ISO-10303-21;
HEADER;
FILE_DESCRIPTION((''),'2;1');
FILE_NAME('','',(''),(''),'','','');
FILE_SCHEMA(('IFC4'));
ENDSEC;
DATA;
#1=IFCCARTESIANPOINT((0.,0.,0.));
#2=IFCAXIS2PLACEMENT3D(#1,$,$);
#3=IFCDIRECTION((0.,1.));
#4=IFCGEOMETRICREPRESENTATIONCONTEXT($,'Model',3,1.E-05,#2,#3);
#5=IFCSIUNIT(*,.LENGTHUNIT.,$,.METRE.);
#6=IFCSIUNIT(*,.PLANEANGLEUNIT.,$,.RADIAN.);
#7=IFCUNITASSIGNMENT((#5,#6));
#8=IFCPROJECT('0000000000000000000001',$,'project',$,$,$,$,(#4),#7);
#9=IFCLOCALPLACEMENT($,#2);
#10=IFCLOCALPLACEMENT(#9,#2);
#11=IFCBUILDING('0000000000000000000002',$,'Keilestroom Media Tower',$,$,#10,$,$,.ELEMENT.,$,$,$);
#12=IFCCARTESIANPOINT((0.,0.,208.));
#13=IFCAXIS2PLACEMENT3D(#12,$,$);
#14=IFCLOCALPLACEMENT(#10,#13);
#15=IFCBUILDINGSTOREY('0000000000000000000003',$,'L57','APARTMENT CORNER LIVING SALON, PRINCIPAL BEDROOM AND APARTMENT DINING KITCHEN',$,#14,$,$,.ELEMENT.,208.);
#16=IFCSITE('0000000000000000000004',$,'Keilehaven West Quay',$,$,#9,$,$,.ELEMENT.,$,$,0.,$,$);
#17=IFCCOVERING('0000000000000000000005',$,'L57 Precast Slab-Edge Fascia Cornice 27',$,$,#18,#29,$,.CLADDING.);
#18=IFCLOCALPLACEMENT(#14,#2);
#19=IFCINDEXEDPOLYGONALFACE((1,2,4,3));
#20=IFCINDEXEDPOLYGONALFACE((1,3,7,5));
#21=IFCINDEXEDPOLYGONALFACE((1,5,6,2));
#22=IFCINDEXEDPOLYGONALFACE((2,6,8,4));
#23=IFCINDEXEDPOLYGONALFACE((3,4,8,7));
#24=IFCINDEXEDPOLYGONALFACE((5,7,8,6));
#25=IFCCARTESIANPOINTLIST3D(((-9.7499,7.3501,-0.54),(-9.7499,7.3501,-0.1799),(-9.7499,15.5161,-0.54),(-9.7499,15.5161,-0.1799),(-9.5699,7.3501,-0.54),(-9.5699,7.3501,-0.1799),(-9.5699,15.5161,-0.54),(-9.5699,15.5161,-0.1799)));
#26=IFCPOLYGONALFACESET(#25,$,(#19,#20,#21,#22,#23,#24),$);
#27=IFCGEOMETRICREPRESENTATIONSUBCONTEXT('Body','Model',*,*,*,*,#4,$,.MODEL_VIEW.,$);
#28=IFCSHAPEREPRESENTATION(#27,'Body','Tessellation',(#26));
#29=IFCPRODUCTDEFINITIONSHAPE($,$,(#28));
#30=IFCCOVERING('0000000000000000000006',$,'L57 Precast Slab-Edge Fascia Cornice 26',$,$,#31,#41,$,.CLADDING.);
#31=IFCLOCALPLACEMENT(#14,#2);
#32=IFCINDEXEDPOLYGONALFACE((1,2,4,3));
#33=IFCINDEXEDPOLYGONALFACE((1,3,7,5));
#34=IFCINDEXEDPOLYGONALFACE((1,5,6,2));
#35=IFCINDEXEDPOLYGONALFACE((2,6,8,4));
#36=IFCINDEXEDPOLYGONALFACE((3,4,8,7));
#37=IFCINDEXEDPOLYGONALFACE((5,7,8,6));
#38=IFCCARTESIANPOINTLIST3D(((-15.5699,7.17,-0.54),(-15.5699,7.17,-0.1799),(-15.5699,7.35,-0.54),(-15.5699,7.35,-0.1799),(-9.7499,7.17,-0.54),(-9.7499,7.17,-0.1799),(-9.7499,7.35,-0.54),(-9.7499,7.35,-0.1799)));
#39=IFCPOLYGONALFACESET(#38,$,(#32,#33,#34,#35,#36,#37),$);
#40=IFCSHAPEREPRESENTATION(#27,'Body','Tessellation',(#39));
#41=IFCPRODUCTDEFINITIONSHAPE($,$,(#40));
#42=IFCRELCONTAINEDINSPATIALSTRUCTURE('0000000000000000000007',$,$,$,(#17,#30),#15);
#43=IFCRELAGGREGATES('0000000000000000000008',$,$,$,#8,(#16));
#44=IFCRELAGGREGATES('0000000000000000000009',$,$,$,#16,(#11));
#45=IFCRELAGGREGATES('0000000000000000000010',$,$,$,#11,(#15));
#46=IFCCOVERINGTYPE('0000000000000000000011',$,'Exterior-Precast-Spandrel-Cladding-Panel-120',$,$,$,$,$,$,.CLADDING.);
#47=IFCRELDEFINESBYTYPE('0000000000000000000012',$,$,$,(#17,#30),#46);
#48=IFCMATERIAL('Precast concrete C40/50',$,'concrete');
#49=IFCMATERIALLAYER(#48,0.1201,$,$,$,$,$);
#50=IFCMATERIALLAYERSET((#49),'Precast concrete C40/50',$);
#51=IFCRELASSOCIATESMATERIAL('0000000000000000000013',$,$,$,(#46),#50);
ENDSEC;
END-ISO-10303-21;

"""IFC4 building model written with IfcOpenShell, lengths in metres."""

from ifc_helpers import new_model, si_unit, direction, frame, origin, origin_2d, place, context, subcontext, project, spatial, rectangle, extrude, source, transform, mapped, material, layer, layer_set, type_object, element, save


model = new_model("IFC4")

# Units and contexts
model_context = context("Model", 3, precision=1e-05, world=origin(), true_north=direction((0.0, 1.0)))
body_context = subcontext(model_context, "Body", "Model", "MODEL_VIEW")
ifc_project = project(units=[si_unit("LENGTHUNIT", "METRE"), si_unit("PLANEANGLEUNIT", "RADIAN")], contexts=[model_context])

# Site, building, storey
site_placement = place(None, origin())
site = spatial("IfcSite", under=ifc_project, at=site_placement, Name="Keilehaven West Quay", CompositionType="ELEMENT", RefElevation=0.0)
building_placement = place(site_placement, origin())
building = spatial("IfcBuilding", under=site, at=building_placement, Name="Keilestroom Media Tower", CompositionType="ELEMENT")
storey_placement = place(building_placement, frame((0.0, 0.0, 208.0)))
storey = spatial("IfcBuildingStorey", under=building, at=storey_placement, Name="L57", Description="APARTMENT CORNER LIVING SALON, PRINCIPAL BEDROOM AND APARTMENT DINING KITCHEN", CompositionType="ELEMENT", Elevation=208.0)

# Shared definitions
ifc_material_1 = material(Name="Precast concrete C40/50", Category="concrete")

# Coverings
ifc_layer_1 = layer(ifc_material_1, 0.1201)
ifc_layer_set_1 = layer_set([ifc_layer_1], Name="Precast concrete C40/50")
covering_type = type_object("IfcCoveringType", Name="Exterior-Precast-Spandrel-Cladding-Panel-120", PredefinedType="CLADDING", material=ifc_layer_set_1)
shared_shape_1 = source(origin(), body_context, "Body", "SweptSolid", [
    extrude(rectangle(XDim=8.166, YDim=0.1799, at=origin_2d()), origin(), (0.0, 0.0, 1.0), 0.3601),
])
covering_1_placement = place(storey_placement, frame((-9.6599, 11.4331, -0.54), z_axis=(0.0, 0.0, 1.0), x_axis=(0.0, 1.0, 0.0)))
element("IfcCovering", 1, at=covering_1_placement, inside=storey, type_object=covering_type, Name="L57 Precast Slab-Edge Fascia Cornice 27", PredefinedType="CLADDING", context=body_context, shape_type="MappedRepresentation", body=[
    mapped(shared_shape_1, transform((0.0, 0.0, 0.0), x_axis=(1.0, 0.0, 0.0), y_axis=(0.0, 1.0, 0.0), z_axis=(0.0, 0.0, 1.0), scale=1.0)),
])
shared_shape_2 = source(origin(), body_context, "Body", "SweptSolid", [
    extrude(rectangle(XDim=5.8201, YDim=0.1799, at=origin_2d()), origin(), (0.0, 0.0, 1.0), 0.3601),
])
covering_2_placement = place(storey_placement, frame((-12.6599, 7.26, -0.54), z_axis=(0.0, 0.0, 1.0), x_axis=(1.0, 0.0, 0.0)))
element("IfcCovering", 2, at=covering_2_placement, inside=storey, type_object=covering_type, Name="L57 Precast Slab-Edge Fascia Cornice 26", PredefinedType="CLADDING", context=body_context, shape_type="MappedRepresentation", body=[
    mapped(shared_shape_2, transform((0.0, 0.0, 0.0), x_axis=(1.0, 0.0, 0.0), y_axis=(0.0, 1.0, 0.0), z_axis=(0.0, 0.0, 1.0), scale=1.0)),
])

save(model, "model.ifc")
